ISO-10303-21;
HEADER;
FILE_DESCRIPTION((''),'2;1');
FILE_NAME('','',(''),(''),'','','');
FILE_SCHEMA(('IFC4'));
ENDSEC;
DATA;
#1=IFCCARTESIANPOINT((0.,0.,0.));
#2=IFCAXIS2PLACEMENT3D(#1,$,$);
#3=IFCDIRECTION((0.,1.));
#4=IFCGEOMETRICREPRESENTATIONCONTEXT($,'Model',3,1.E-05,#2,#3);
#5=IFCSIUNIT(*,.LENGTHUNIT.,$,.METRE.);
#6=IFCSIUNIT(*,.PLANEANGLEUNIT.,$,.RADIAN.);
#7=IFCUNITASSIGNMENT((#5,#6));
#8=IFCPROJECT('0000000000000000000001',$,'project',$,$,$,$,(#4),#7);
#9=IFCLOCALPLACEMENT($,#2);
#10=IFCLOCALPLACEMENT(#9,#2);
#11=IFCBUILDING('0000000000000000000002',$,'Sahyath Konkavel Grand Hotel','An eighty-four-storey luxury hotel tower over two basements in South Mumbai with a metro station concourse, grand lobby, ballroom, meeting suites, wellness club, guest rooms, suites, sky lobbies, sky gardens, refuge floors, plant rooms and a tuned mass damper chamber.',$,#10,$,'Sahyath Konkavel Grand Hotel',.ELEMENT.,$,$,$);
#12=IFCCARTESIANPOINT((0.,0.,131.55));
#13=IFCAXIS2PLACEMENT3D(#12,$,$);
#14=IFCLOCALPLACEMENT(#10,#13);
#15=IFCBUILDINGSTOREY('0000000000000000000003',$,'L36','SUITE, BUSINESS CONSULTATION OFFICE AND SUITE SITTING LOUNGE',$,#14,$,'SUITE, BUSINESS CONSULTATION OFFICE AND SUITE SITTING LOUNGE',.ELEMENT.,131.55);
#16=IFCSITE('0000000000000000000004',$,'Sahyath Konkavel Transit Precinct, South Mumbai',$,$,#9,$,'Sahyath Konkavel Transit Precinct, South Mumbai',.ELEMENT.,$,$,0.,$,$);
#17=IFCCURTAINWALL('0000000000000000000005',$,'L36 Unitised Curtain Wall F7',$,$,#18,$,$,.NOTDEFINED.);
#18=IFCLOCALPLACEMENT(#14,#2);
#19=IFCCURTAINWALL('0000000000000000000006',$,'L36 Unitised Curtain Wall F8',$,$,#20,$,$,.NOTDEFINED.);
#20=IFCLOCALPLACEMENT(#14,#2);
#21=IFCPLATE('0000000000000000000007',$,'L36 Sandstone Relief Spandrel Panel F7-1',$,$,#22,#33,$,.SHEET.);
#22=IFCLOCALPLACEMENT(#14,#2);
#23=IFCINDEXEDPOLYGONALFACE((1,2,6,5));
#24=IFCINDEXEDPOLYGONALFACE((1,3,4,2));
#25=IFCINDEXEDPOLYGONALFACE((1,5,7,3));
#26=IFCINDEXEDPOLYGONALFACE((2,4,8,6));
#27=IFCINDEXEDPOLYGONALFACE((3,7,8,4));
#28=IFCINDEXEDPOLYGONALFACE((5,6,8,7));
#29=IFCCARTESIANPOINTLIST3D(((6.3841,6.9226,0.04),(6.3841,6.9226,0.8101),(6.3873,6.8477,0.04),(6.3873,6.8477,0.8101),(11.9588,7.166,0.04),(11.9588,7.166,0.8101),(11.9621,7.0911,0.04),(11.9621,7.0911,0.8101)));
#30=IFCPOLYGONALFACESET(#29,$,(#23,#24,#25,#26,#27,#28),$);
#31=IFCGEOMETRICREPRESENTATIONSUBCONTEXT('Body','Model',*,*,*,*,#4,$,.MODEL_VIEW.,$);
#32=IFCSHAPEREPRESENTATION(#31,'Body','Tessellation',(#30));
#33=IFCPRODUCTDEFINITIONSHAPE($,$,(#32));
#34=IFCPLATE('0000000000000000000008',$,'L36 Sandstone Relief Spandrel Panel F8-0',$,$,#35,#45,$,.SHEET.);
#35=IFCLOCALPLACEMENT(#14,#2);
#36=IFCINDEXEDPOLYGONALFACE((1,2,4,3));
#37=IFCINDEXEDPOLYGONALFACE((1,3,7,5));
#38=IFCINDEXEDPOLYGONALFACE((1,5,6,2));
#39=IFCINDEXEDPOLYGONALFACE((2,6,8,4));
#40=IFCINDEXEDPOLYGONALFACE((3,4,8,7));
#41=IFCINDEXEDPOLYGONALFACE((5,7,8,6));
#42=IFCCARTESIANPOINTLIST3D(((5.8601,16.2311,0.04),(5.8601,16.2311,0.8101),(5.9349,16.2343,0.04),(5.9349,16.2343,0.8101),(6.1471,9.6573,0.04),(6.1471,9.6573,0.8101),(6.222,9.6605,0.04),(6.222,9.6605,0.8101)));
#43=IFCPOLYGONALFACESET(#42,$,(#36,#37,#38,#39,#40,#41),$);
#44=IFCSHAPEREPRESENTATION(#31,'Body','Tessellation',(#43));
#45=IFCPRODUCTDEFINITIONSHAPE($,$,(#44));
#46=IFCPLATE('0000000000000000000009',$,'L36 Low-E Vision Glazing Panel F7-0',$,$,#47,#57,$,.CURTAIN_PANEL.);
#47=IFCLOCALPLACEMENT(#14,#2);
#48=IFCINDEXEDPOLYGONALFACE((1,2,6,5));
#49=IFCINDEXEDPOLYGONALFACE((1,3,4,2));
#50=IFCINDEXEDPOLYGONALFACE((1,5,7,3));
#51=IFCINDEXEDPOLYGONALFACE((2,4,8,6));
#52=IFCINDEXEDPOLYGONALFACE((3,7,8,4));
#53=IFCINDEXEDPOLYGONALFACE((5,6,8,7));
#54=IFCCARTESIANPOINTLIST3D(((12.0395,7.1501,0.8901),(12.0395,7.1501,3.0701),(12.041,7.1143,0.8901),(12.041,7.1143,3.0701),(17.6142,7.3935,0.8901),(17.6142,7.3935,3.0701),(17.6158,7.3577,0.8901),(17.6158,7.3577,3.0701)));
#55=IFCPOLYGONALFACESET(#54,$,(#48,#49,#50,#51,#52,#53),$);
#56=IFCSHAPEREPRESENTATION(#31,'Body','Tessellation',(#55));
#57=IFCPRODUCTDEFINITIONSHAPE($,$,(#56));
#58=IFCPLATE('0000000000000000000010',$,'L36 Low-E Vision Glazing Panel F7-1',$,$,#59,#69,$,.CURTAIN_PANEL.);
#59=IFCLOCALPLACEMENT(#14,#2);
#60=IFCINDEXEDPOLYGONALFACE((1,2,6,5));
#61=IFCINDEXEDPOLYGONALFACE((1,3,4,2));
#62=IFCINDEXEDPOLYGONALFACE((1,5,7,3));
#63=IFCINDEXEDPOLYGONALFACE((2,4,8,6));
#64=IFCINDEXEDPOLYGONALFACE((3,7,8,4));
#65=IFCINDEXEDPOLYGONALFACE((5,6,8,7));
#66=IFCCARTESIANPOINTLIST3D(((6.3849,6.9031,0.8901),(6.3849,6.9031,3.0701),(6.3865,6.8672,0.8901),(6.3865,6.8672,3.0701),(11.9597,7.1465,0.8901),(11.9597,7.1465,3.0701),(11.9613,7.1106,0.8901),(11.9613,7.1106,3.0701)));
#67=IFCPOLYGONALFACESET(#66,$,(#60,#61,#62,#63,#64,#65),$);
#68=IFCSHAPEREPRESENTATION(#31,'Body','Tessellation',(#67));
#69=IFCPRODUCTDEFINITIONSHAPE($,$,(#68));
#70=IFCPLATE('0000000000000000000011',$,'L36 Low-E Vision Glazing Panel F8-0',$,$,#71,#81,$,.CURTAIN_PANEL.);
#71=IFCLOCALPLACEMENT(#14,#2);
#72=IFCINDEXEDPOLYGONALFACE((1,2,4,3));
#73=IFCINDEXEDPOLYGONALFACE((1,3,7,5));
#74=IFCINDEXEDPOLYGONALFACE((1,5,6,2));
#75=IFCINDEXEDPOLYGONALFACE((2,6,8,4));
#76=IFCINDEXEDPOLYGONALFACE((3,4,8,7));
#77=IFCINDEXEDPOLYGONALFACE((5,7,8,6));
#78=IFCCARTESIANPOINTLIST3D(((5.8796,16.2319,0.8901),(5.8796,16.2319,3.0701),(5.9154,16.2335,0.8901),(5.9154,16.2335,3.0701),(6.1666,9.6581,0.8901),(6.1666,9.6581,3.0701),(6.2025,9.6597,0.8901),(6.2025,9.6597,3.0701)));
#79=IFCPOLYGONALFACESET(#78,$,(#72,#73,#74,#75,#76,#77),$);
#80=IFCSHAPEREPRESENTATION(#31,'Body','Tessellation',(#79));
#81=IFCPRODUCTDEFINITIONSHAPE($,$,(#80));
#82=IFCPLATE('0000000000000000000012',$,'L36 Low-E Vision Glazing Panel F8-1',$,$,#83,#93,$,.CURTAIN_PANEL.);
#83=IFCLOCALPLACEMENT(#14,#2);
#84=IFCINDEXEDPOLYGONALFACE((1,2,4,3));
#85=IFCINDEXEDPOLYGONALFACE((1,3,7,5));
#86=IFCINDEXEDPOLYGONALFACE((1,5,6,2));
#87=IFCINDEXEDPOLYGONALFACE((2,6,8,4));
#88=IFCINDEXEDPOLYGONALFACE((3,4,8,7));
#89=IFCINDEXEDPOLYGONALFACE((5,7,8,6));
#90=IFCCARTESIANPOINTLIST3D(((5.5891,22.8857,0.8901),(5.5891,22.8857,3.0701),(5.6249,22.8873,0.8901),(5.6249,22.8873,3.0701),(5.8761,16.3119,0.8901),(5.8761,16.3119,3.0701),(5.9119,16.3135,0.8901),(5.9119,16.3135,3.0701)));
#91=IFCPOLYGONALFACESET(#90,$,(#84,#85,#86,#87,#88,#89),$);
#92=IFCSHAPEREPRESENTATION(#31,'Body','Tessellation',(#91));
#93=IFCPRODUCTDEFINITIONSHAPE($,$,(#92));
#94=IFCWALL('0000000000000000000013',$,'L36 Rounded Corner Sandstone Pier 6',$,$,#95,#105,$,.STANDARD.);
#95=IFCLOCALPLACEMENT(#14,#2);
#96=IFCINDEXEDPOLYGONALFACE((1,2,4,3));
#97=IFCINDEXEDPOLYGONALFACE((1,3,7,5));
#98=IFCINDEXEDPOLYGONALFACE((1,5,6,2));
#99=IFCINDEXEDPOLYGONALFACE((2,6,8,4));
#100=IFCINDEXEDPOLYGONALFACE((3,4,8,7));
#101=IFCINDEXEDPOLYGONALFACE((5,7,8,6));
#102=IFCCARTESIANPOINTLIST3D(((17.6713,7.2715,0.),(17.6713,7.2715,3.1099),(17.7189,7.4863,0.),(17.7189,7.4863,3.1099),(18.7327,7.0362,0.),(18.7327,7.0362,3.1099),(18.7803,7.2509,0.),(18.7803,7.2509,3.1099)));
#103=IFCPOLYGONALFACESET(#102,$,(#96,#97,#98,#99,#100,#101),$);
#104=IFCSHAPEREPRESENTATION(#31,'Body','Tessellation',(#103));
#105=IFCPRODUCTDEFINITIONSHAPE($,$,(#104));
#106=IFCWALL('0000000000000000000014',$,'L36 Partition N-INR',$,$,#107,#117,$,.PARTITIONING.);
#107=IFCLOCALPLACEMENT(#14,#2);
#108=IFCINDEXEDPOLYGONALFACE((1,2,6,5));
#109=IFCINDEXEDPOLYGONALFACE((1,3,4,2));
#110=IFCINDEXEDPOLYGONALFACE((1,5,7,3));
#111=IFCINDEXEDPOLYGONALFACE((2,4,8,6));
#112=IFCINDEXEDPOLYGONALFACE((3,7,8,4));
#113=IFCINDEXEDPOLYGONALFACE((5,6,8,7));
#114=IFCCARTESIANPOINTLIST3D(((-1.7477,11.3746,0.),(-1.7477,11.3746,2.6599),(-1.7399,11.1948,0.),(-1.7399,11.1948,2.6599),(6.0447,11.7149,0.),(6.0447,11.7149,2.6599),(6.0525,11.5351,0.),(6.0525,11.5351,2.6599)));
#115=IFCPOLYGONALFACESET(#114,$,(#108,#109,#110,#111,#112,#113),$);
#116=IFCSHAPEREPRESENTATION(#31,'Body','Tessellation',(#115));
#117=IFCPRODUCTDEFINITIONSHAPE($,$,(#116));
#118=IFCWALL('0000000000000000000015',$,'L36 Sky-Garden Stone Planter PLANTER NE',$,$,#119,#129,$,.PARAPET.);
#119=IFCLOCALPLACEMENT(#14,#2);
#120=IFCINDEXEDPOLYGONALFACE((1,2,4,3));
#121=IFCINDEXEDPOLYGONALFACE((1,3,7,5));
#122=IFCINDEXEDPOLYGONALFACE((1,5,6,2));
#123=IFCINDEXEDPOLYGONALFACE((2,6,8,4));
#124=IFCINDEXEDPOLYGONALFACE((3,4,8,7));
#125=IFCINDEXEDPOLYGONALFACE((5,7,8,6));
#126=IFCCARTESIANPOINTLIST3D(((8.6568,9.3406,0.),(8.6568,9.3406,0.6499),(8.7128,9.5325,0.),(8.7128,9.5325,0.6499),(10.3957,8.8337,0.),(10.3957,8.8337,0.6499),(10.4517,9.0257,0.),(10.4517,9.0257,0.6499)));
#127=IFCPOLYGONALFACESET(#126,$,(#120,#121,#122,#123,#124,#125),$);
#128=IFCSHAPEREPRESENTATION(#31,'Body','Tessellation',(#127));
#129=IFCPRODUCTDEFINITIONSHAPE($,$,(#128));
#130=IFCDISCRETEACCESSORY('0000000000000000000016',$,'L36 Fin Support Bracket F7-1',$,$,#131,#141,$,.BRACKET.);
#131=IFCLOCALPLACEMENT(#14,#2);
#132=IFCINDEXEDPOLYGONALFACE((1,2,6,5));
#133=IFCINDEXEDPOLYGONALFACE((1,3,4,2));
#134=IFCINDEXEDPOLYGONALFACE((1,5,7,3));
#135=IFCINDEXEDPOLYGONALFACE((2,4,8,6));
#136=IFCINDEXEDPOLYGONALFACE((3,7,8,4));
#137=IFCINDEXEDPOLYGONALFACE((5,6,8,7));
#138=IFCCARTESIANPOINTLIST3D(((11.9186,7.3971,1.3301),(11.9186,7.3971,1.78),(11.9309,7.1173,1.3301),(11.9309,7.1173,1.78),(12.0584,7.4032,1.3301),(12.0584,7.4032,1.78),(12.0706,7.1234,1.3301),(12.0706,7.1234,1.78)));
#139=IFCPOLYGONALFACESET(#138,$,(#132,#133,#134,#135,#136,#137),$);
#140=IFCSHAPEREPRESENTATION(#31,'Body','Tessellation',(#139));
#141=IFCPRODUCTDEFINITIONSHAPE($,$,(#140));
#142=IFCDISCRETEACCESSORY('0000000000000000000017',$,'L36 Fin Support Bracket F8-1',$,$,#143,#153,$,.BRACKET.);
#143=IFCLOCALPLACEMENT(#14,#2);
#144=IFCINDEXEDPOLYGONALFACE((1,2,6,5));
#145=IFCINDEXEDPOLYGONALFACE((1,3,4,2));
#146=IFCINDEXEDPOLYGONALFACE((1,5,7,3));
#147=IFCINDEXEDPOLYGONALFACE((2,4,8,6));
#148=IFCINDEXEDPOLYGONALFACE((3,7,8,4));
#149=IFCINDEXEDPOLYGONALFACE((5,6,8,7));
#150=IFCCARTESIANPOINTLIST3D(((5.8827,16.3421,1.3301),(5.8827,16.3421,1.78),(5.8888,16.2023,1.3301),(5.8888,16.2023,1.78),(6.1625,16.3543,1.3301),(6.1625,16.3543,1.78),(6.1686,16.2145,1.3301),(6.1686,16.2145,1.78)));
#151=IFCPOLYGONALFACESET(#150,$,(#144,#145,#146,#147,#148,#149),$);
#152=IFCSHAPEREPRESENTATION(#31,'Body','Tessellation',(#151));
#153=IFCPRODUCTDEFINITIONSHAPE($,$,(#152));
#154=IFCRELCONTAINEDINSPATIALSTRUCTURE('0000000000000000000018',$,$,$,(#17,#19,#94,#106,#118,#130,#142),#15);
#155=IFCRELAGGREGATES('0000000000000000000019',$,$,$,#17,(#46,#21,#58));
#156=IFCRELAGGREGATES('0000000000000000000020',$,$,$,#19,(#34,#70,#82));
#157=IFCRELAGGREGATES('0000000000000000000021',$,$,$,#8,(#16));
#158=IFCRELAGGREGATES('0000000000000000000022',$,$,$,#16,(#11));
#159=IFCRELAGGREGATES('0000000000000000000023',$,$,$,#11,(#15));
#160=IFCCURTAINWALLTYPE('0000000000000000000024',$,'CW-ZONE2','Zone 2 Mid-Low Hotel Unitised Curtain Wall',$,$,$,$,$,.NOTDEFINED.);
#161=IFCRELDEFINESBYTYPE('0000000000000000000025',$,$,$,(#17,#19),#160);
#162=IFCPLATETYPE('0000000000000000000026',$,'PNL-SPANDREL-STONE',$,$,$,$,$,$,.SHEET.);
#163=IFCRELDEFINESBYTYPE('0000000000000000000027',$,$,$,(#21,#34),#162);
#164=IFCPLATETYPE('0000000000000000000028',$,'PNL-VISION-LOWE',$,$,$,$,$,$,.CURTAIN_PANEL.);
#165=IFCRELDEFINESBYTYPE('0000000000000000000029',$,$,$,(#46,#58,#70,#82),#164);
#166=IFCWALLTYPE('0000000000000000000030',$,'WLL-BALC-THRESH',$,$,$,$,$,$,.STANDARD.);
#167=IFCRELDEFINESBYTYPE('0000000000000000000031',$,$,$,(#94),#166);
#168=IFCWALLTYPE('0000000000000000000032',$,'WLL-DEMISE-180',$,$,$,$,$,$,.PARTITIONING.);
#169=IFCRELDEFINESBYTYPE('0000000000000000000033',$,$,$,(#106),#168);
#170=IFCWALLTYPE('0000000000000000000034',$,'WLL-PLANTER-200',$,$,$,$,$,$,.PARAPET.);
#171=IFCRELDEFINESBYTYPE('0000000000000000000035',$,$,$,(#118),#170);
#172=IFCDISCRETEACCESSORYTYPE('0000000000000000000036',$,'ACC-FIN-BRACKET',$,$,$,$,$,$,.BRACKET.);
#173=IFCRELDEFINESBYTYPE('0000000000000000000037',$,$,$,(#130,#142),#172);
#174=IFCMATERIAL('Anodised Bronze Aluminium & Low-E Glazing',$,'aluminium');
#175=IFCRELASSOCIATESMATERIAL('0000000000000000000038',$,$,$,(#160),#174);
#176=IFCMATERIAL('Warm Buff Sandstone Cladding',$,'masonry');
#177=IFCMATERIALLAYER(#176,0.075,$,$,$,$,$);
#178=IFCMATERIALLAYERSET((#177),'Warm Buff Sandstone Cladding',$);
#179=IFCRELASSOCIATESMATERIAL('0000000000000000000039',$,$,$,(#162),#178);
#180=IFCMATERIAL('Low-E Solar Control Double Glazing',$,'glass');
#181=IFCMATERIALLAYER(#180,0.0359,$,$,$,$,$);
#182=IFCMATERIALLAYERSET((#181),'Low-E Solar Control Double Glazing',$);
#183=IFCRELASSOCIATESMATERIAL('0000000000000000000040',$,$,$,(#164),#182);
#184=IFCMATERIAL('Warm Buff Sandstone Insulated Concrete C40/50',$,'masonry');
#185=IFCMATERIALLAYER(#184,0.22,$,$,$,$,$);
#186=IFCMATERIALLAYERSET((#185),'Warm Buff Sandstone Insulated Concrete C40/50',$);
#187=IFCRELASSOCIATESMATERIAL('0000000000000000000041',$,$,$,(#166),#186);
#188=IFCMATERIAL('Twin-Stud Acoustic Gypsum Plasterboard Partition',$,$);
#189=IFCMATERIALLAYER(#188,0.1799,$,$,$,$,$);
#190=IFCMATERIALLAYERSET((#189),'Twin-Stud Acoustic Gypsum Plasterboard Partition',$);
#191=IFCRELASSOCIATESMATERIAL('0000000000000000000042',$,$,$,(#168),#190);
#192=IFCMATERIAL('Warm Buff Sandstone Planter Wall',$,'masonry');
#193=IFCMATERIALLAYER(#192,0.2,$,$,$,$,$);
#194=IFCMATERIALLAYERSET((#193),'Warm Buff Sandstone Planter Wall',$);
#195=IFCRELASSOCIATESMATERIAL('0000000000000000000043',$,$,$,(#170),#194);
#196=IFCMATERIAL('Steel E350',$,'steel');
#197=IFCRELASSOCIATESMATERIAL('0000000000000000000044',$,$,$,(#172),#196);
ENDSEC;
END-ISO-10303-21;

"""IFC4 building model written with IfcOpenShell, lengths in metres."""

from ifc_helpers import new_model, si_unit, direction, frame, frame_2d, origin, origin_2d, place, context, subcontext, project, spatial, rectangle, extrude, source, transform, mapped, material, layer, layer_set, type_object, element, aggregate, save


model = new_model("IFC4")

# Units and contexts
model_context = context("Model", 3, precision=1e-05, world=origin(), true_north=direction((0.0, 1.0)))
body_context = subcontext(model_context, "Body", "Model", "MODEL_VIEW")
ifc_project = project(units=[si_unit("LENGTHUNIT", "METRE"), si_unit("PLANEANGLEUNIT", "RADIAN")], contexts=[model_context])

# Site, building, storey
site_placement = place(None, origin())
site = spatial("IfcSite", under=ifc_project, at=site_placement, Name="Sahyath Konkavel Transit Precinct, South Mumbai", LongName="Sahyath Konkavel Transit Precinct, South Mumbai", CompositionType="ELEMENT", RefElevation=0.0)
building_placement = place(site_placement, origin())
building = spatial("IfcBuilding", under=site, at=building_placement, Name="Sahyath Konkavel Grand Hotel", Description="An eighty-four-storey luxury hotel tower over two basements in South Mumbai with a metro station concourse, grand lobby, ballroom, meeting suites, wellness club, guest rooms, suites, sky lobbies, sky gardens, refuge floors, plant rooms and a tuned mass damper chamber.", LongName="Sahyath Konkavel Grand Hotel", CompositionType="ELEMENT")
storey_placement = place(building_placement, frame((0.0, 0.0, 131.55)))
storey = spatial("IfcBuildingStorey", under=building, at=storey_placement, Name="L36", Description="SUITE, BUSINESS CONSULTATION OFFICE AND SUITE SITTING LOUNGE", LongName="SUITE, BUSINESS CONSULTATION OFFICE AND SUITE SITTING LOUNGE", CompositionType="ELEMENT", Elevation=131.55)

# Curtain walls
ifc_material_1 = material(Name="Anodised Bronze Aluminium & Low-E Glazing", Category="aluminium")
curtain_wall_type = type_object("IfcCurtainWallType", Name="CW-ZONE2", Description="Zone 2 Mid-Low Hotel Unitised Curtain Wall", PredefinedType="NOTDEFINED", material=ifc_material_1)
curtain_wall_1_placement = place(storey_placement, origin())
curtain_wall_1 = element("IfcCurtainWall", 1, at=curtain_wall_1_placement, inside=storey, type_object=curtain_wall_type, Name="L36 Unitised Curtain Wall F7", PredefinedType="NOTDEFINED")
curtain_wall_2_placement = place(storey_placement, origin())
curtain_wall_2 = element("IfcCurtainWall", 2, at=curtain_wall_2_placement, inside=storey, type_object=curtain_wall_type, Name="L36 Unitised Curtain Wall F8", PredefinedType="NOTDEFINED")

# Plates
ifc_material_2 = material(Name="Warm Buff Sandstone Cladding", Category="masonry")
ifc_layer_1 = layer(ifc_material_2, 0.075)
ifc_layer_set_1 = layer_set([ifc_layer_1], Name="Warm Buff Sandstone Cladding")
plate_type_1 = type_object("IfcPlateType", Name="PNL-SPANDREL-STONE", PredefinedType="SHEET", material=ifc_layer_set_1)
shared_shape_1 = source(origin(), body_context, "Body", "SweptSolid", [
    extrude(rectangle(XDim=5.5801, YDim=0.075, at=origin_2d()), origin(), (0.0, 0.0, 1.0), 0.77),
])
plate_1_placement = place(storey_placement, frame((9.1731, 7.0068, 0.04), z_axis=(0.0, 0.0, 1.0), x_axis=(-0.999048, -0.043619, 0.0)))
plate_1 = element("IfcPlate", 3, at=plate_1_placement, type_object=plate_type_1, Name="L36 Sandstone Relief Spandrel Panel F7-1", PredefinedType="SHEET", context=body_context, shape_type="MappedRepresentation", body=[
    mapped(shared_shape_1, transform((0.0, 0.0, 0.0), scale=1.0)),
])
shared_shape_2 = source(origin(), body_context, "Body", "SweptSolid", [
    extrude(rectangle(XDim=6.5801, YDim=0.075, at=origin_2d()), origin(), (0.0, 0.0, 1.0), 0.77),
])
plate_2_placement = place(storey_placement, frame((6.041, 12.9458, 0.04), z_axis=(0.0, 0.0, 1.0), x_axis=(-0.043619, 0.999048, 0.0)))
plate_2 = element("IfcPlate", 4, at=plate_2_placement, type_object=plate_type_1, Name="L36 Sandstone Relief Spandrel Panel F8-0", PredefinedType="SHEET", context=body_context, shape_type="MappedRepresentation", body=[
    mapped(shared_shape_2, transform((0.0, 0.0, 0.0), scale=1.0)),
])
ifc_material_3 = material(Name="Low-E Solar Control Double Glazing", Category="glass")
ifc_layer_2 = layer(ifc_material_3, 0.0359)
ifc_layer_set_2 = layer_set([ifc_layer_2], Name="Low-E Solar Control Double Glazing")
plate_type_2 = type_object("IfcPlateType", Name="PNL-VISION-LOWE", PredefinedType="CURTAIN_PANEL", material=ifc_layer_set_2)
shared_shape_3 = source(origin(), body_context, "Body", "SweptSolid", [
    extrude(rectangle(XDim=5.5801, YDim=0.0359, at=origin_2d()), origin(), (0.0, 0.0, 1.0), 2.1799),
])
plate_3_placement = place(storey_placement, frame((14.8276, 7.2539, 0.8901), z_axis=(0.0, 0.0, 1.0), x_axis=(-0.999048, -0.043619, 0.0)))
plate_3 = element("IfcPlate", 5, at=plate_3_placement, type_object=plate_type_2, Name="L36 Low-E Vision Glazing Panel F7-0", PredefinedType="CURTAIN_PANEL", context=body_context, shape_type="MappedRepresentation", body=[
    mapped(shared_shape_3, transform((0.0, 0.0, 0.0), scale=1.0)),
])
plate_4_placement = place(storey_placement, frame((9.1731, 7.0068, 0.8901), z_axis=(0.0, 0.0, 1.0), x_axis=(-0.999048, -0.043619, 0.0)))
plate_4 = element("IfcPlate", 6, at=plate_4_placement, type_object=plate_type_2, Name="L36 Low-E Vision Glazing Panel F7-1", PredefinedType="CURTAIN_PANEL", context=body_context, shape_type="MappedRepresentation", body=[
    mapped(shared_shape_3, transform((0.0, 0.0, 0.0), scale=1.0)),
])
aggregate(curtain_wall_1, [plate_3, plate_1, plate_4])
shared_shape_4 = source(origin(), body_context, "Body", "SweptSolid", [
    extrude(rectangle(XDim=6.5801, YDim=0.0359, at=origin_2d()), origin(), (0.0, 0.0, 1.0), 2.1799),
])
plate_5_placement = place(storey_placement, frame((6.041, 12.9458, 0.8901), z_axis=(0.0, 0.0, 1.0), x_axis=(-0.043619, 0.999048, 0.0)))
plate_5 = element("IfcPlate", 7, at=plate_5_placement, type_object=plate_type_2, Name="L36 Low-E Vision Glazing Panel F8-0", PredefinedType="CURTAIN_PANEL", context=body_context, shape_type="MappedRepresentation", body=[
    mapped(shared_shape_4, transform((0.0, 0.0, 0.0), scale=1.0)),
])
plate_6_placement = place(storey_placement, frame((5.7505, 19.5996, 0.8901), z_axis=(0.0, 0.0, 1.0), x_axis=(-0.043619, 0.999048, 0.0)))
plate_6 = element("IfcPlate", 8, at=plate_6_placement, type_object=plate_type_2, Name="L36 Low-E Vision Glazing Panel F8-1", PredefinedType="CURTAIN_PANEL", context=body_context, shape_type="MappedRepresentation", body=[
    mapped(shared_shape_4, transform((0.0, 0.0, 0.0), scale=1.0)),
])
aggregate(curtain_wall_2, [plate_2, plate_5, plate_6])

# Walls
ifc_material_4 = material(Name="Warm Buff Sandstone Insulated Concrete C40/50", Category="masonry")
ifc_layer_3 = layer(ifc_material_4, 0.22)
ifc_layer_set_3 = layer_set([ifc_layer_3], Name="Warm Buff Sandstone Insulated Concrete C40/50")
wall_type_1 = type_object("IfcWallType", Name="WLL-BALC-THRESH", PredefinedType="STANDARD", material=ifc_layer_set_3)
wall_1_placement = place(storey_placement, frame((18.7563, 7.1436, 0.0), z_axis=(0.0, 0.0, 1.0), x_axis=(-0.976282, 0.216502, 0.0)))
element("IfcWall", 9, at=wall_1_placement, inside=storey, type_object=wall_type_1, Name="L36 Rounded Corner Sandstone Pier 6", PredefinedType="STANDARD", context=body_context, shape_type="SweptSolid", body=[
    extrude(rectangle(XDim=1.0872, YDim=0.22, at=frame_2d((0.5435, 0.0))), origin(), (0.0, 0.0, 1.0), 3.1099),
])
ifc_material_5 = material(Name="Twin-Stud Acoustic Gypsum Plasterboard Partition")
ifc_layer_4 = layer(ifc_material_5, 0.1799)
ifc_layer_set_4 = layer_set([ifc_layer_4], Name="Twin-Stud Acoustic Gypsum Plasterboard Partition")
wall_type_2 = type_object("IfcWallType", Name="WLL-DEMISE-180", PredefinedType="PARTITIONING", material=ifc_layer_set_4)
wall_2_placement = place(storey_placement, frame((6.0486, 11.625, 0.0), z_axis=(0.0, 0.0, 1.0), x_axis=(-0.999048, -0.043633, 0.0)))
element("IfcWall", 10, at=wall_2_placement, inside=storey, type_object=wall_type_2, Name="L36 Partition N-INR", PredefinedType="PARTITIONING", context=body_context, shape_type="SweptSolid", body=[
    extrude(rectangle(XDim=7.7998, YDim=0.1799, at=frame_2d((3.8999, 0.0))), origin(), (0.0, 0.0, 1.0), 2.6599),
])
ifc_material_6 = material(Name="Warm Buff Sandstone Planter Wall", Category="masonry")
ifc_layer_5 = layer(ifc_material_6, 0.2)
ifc_layer_set_5 = layer_set([ifc_layer_5], Name="Warm Buff Sandstone Planter Wall")
wall_type_3 = type_object("IfcWallType", Name="WLL-PLANTER-200", PredefinedType="PARAPET", material=ifc_layer_set_5)
wall_3_placement = place(storey_placement, frame((10.4238, 8.9297, 0.0), z_axis=(0.0, 0.0, 1.0), x_axis=(-0.960056, 0.279808, 0.0)))
element("IfcWall", 11, at=wall_3_placement, inside=storey, type_object=wall_type_3, Name="L36 Sky-Garden Stone Planter PLANTER NE", PredefinedType="PARAPET", context=body_context, shape_type="SweptSolid", body=[
    extrude(rectangle(XDim=1.8113, YDim=0.2, at=frame_2d((0.9058, 0.0))), origin(), (0.0, 0.0, 1.0), 0.6499),
])

# Discrete accessories
ifc_material_7 = material(Name="Steel E350", Category="steel")
discrete_accessory_type = type_object("IfcDiscreteAccessoryType", Name="ACC-FIN-BRACKET", PredefinedType="BRACKET", material=ifc_material_7)
shared_shape_5 = source(origin(), body_context, "Body", "SweptSolid", [
    extrude(rectangle(XDim=0.28, YDim=0.1399, at=origin_2d()), origin(), (0.0, 0.0, 1.0), 0.45),
])
for number, where, z_axis, x_axis, name in (
    (12, (11.9946, 7.2603, 1.3301), (0.0, 0.0, 1.0), (-0.043619, 0.999048, 0.0), "L36 Fin Support Bracket F7-1"),
    (13, (6.0256, 16.2783, 1.3301), (0.0, 0.0, 1.0), (0.999048, 0.043619, 0.0), "L36 Fin Support Bracket F8-1"),
):
    element("IfcDiscreteAccessory", number, at=place(storey_placement, frame(where, z_axis=z_axis, x_axis=x_axis)), inside=storey, type_object=discrete_accessory_type, Name=name, PredefinedType="BRACKET", context=body_context, shape_type="MappedRepresentation", body=[
        mapped(shared_shape_5, transform((0.0, 0.0, 0.0), scale=1.0)),
    ])

save(model, "model.ifc")
